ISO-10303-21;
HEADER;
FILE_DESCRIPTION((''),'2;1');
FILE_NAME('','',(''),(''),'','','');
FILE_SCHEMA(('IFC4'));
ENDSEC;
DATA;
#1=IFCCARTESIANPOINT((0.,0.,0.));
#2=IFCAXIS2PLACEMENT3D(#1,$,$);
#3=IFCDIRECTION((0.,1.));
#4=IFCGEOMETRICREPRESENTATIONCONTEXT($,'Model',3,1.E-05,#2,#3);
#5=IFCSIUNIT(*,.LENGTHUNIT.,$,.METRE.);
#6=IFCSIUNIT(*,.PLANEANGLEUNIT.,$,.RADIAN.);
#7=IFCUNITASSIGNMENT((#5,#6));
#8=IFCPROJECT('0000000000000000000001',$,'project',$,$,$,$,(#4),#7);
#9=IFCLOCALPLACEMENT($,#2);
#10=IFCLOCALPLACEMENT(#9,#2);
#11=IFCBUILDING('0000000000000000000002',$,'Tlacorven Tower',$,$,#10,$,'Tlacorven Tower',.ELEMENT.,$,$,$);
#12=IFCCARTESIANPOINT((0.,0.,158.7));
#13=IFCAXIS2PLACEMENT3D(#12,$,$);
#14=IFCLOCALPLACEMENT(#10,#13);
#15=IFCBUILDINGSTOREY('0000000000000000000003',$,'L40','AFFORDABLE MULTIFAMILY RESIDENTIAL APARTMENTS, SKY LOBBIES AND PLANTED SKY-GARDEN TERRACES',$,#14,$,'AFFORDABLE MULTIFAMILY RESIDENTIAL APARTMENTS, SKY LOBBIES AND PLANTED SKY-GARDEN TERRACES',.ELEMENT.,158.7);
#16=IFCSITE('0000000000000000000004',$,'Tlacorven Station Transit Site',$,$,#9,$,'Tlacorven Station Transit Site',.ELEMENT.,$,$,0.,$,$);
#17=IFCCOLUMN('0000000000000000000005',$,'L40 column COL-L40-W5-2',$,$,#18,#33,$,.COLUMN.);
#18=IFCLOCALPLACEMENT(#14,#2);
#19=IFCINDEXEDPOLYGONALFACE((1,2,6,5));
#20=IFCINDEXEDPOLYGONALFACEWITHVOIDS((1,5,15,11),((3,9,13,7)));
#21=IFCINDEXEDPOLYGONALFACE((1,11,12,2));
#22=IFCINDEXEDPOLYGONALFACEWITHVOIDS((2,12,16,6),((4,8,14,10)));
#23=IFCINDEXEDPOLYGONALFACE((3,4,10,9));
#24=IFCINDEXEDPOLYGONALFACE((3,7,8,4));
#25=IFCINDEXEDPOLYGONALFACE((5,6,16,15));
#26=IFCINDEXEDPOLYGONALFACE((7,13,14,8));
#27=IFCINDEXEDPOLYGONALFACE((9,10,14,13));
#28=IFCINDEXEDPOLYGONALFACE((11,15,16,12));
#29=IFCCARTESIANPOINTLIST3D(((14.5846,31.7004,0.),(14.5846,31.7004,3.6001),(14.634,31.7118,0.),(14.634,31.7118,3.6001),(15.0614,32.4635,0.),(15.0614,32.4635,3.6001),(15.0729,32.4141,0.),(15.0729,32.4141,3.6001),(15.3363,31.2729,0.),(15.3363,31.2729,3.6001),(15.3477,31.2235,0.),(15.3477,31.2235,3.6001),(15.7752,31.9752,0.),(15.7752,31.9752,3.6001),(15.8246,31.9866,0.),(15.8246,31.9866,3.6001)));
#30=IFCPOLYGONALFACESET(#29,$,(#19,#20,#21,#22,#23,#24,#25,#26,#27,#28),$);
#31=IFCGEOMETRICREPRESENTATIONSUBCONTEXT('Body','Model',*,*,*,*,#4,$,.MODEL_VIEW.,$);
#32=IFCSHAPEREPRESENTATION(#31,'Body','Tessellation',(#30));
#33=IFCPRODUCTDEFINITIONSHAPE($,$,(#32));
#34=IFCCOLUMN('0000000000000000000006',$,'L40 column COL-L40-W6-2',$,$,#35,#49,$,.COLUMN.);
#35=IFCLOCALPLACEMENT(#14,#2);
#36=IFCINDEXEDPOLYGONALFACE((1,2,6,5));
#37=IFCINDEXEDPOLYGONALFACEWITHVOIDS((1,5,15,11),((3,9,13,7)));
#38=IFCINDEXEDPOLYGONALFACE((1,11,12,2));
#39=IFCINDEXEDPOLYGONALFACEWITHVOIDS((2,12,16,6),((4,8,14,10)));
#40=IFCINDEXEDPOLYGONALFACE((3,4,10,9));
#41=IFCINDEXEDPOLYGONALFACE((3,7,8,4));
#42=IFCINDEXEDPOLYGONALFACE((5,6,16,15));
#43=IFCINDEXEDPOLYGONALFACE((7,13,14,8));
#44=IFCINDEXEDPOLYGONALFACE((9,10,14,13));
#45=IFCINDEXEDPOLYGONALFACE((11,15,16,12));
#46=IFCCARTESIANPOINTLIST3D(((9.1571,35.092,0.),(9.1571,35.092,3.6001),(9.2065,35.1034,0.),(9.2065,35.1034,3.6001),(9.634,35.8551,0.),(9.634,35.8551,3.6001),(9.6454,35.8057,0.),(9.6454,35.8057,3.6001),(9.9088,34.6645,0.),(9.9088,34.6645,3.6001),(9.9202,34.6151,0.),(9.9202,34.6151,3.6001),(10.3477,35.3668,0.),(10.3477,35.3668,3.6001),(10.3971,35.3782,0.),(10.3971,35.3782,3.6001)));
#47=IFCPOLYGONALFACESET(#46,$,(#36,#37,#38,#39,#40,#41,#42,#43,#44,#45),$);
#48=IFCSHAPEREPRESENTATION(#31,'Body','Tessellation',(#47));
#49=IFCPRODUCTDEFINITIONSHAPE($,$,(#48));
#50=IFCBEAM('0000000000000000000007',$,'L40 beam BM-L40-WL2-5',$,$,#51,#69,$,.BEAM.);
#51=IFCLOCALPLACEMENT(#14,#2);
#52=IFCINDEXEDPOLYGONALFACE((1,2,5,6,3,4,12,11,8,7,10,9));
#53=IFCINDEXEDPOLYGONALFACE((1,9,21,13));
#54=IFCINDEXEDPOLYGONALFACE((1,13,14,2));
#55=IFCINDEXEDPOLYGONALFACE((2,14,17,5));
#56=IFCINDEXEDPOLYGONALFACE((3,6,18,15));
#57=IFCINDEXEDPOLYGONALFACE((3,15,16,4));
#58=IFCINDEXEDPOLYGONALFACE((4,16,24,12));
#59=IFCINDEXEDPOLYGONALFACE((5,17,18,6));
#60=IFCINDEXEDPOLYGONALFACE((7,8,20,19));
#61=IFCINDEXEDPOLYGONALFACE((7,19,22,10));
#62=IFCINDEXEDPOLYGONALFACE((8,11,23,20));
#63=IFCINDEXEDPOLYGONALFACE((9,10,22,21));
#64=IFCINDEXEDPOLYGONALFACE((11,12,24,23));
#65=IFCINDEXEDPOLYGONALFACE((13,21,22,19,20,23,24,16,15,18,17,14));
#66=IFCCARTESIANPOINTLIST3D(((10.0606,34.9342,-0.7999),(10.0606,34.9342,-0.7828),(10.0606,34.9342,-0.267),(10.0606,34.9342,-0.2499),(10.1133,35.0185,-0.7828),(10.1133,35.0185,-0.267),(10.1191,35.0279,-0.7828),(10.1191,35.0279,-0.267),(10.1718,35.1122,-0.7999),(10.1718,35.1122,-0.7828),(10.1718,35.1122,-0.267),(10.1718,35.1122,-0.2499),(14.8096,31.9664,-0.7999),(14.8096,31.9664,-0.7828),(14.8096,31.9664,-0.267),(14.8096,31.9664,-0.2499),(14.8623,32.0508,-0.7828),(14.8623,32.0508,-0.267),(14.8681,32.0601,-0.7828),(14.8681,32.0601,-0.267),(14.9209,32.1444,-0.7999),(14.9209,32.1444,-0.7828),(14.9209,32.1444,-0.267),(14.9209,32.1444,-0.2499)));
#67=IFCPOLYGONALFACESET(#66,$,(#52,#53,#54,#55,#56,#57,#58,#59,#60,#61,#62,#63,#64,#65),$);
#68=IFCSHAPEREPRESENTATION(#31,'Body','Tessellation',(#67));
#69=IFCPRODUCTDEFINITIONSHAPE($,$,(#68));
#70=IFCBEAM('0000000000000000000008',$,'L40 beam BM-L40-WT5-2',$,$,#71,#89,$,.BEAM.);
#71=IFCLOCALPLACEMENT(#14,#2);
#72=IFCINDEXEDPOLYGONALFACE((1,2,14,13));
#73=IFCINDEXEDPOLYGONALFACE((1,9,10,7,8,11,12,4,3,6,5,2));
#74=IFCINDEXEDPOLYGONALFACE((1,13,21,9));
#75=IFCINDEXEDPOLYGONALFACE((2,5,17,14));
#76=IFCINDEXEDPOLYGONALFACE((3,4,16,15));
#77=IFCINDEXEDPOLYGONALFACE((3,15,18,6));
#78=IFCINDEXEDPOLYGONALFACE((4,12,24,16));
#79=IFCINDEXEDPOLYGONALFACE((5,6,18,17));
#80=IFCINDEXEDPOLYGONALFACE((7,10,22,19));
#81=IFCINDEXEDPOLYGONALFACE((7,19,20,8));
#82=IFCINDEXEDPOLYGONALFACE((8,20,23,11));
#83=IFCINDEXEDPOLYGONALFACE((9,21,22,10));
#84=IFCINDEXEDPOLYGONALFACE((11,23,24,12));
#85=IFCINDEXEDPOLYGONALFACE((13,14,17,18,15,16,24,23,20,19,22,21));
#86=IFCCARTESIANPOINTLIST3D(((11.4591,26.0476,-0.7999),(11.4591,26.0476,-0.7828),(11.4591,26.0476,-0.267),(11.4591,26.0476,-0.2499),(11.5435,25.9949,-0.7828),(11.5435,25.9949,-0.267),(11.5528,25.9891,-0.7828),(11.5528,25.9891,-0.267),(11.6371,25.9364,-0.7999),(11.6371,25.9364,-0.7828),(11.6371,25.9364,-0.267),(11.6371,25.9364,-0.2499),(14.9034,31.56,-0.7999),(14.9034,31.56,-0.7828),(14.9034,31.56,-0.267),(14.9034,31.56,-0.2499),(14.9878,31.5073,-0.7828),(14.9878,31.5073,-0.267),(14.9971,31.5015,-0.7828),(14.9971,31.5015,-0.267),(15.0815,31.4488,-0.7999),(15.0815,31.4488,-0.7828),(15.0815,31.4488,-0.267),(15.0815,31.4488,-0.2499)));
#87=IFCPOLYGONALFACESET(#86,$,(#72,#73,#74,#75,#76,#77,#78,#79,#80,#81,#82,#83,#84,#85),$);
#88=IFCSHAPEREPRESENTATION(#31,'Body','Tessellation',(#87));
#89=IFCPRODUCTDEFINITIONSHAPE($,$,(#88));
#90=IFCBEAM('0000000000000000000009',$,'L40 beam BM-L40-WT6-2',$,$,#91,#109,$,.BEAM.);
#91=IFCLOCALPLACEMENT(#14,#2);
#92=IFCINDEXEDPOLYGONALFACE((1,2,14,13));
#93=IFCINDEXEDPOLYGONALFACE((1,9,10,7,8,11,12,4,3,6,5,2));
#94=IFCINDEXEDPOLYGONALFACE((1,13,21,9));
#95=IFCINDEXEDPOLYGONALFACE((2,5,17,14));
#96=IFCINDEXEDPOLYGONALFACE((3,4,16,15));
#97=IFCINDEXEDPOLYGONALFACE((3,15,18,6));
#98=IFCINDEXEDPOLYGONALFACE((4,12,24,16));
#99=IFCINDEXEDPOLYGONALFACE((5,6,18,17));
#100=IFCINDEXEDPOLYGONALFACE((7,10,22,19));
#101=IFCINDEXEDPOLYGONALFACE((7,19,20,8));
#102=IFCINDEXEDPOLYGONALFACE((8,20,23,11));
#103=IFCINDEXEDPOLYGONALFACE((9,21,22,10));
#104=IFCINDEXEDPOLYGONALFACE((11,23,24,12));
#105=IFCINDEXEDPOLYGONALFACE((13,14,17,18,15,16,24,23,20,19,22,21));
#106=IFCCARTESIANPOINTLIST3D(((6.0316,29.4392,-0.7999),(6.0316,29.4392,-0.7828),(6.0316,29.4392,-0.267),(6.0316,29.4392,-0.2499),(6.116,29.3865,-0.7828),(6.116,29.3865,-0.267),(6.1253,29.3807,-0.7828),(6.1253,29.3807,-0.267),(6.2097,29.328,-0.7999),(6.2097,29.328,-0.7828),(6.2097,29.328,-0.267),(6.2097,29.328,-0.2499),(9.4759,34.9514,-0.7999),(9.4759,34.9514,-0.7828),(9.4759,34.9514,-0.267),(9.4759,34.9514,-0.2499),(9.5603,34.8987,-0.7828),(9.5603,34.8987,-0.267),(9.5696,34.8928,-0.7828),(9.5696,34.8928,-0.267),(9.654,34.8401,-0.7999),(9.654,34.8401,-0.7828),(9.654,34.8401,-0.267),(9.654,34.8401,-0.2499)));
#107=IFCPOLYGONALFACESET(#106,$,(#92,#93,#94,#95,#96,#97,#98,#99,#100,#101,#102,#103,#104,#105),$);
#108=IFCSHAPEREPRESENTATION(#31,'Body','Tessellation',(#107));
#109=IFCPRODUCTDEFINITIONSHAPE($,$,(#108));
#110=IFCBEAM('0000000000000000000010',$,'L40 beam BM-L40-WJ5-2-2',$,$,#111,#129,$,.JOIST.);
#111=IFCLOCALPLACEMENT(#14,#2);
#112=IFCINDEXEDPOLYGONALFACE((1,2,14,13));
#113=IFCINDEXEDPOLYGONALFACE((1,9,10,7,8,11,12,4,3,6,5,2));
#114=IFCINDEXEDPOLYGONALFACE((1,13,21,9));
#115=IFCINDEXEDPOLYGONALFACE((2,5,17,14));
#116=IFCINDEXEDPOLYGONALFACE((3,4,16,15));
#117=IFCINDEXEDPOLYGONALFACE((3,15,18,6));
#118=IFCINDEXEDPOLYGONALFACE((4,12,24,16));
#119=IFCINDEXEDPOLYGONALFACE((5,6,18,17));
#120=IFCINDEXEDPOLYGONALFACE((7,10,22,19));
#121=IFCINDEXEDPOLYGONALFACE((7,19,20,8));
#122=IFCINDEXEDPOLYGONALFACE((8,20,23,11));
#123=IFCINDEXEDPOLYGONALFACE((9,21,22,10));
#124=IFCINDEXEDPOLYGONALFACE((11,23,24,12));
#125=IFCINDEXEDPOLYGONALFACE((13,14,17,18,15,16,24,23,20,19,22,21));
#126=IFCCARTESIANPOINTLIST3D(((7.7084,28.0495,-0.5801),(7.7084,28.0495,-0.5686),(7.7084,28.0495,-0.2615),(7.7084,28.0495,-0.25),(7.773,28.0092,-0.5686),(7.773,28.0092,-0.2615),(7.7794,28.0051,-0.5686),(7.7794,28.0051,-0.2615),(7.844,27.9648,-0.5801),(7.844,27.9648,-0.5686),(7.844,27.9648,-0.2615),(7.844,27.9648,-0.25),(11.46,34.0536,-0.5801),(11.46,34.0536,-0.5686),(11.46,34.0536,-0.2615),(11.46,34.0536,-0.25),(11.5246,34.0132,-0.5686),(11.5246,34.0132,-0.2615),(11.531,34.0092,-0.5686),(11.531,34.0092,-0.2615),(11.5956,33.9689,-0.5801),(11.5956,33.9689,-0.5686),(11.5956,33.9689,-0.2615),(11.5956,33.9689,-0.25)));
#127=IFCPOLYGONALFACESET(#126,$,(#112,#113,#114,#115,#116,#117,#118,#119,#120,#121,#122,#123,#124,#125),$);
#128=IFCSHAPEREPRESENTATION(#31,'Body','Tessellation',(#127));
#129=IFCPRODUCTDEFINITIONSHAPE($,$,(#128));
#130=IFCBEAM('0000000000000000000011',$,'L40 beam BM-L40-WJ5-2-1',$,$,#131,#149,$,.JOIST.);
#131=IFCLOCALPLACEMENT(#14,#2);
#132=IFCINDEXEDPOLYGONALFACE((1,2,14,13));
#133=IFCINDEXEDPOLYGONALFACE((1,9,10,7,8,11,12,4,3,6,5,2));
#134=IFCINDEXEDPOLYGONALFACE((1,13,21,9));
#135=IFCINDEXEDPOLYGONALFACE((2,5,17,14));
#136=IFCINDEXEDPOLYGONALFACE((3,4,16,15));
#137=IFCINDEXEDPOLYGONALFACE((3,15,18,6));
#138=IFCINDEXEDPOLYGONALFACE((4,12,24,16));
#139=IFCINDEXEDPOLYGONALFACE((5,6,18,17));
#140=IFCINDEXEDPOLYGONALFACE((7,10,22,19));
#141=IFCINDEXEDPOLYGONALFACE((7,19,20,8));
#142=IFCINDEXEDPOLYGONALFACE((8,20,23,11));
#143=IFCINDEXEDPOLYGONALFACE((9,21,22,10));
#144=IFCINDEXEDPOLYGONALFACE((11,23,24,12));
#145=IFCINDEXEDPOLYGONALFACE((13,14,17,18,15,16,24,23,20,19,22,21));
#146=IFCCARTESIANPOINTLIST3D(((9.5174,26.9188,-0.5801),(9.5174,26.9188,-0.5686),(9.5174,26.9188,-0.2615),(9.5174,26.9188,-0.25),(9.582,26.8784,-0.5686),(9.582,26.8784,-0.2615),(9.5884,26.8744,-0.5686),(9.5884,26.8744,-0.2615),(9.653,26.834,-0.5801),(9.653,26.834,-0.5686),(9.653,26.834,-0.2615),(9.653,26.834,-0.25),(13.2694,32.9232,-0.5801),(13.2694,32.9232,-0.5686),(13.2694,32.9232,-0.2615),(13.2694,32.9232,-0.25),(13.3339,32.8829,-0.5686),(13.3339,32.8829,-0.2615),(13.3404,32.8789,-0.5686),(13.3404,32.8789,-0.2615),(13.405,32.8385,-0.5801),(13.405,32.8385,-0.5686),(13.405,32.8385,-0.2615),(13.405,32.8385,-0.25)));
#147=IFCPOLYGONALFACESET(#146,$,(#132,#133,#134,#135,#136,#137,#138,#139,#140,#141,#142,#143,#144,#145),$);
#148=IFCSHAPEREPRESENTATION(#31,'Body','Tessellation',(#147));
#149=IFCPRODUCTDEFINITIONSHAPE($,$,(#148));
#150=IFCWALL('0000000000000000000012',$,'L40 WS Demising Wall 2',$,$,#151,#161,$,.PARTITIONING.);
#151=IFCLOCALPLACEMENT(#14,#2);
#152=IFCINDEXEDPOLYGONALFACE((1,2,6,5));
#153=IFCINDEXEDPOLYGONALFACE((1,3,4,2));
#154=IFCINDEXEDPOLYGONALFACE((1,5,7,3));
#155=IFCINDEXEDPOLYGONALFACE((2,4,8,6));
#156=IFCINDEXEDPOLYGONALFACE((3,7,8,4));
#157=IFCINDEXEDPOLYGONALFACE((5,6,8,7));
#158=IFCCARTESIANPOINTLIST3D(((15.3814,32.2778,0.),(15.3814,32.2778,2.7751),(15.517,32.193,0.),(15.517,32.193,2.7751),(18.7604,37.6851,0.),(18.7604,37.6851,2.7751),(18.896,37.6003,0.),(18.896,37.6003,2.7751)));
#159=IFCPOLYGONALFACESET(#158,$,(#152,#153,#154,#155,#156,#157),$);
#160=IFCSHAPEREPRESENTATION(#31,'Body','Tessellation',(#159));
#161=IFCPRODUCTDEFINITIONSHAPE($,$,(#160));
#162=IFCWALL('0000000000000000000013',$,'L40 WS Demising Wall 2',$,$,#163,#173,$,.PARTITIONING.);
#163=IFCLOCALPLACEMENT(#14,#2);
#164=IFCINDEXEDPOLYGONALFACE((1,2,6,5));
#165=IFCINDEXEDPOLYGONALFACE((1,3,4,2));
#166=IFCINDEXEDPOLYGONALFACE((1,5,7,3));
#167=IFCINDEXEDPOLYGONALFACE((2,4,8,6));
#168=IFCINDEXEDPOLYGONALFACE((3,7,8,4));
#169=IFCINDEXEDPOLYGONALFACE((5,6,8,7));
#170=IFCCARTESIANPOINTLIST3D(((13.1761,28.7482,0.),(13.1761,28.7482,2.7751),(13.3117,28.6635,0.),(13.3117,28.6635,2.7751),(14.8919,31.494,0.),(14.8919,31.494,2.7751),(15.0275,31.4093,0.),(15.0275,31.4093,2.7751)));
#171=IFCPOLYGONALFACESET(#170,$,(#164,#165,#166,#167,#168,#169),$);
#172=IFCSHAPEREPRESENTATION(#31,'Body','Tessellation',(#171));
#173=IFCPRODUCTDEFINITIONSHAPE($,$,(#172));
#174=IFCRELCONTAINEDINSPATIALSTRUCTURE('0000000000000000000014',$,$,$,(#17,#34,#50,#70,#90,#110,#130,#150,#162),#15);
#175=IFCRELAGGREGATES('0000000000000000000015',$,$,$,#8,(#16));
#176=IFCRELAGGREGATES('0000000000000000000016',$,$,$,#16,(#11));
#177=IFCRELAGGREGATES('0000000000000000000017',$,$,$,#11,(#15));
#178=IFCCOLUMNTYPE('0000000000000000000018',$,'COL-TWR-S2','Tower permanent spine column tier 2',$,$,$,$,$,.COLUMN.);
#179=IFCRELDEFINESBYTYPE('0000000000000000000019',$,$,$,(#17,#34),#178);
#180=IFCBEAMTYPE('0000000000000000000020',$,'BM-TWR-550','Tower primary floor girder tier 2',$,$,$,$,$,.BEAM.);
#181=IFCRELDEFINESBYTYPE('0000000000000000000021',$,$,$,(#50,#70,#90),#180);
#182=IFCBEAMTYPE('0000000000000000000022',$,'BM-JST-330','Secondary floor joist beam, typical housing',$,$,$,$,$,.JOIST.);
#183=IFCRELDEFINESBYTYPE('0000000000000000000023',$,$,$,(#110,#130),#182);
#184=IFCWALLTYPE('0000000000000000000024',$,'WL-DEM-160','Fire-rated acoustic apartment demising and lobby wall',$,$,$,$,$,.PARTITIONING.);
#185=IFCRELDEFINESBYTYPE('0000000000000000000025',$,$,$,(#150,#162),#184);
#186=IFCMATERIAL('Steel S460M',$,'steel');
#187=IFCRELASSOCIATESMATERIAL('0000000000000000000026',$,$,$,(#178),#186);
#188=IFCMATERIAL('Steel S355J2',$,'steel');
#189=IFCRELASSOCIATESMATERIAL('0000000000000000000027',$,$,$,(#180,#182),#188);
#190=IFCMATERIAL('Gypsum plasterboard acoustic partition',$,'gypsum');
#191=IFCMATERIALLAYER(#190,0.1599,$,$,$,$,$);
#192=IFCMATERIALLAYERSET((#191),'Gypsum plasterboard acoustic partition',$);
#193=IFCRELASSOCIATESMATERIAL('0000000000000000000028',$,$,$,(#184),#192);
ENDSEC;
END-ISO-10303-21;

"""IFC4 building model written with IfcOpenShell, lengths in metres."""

from ifc_helpers import new_model, si_unit, direction, frame, frame_2d, origin, origin_2d, place, context, subcontext, project, spatial, rectangle, hollow_rectangle, i_section, extrude, source, transform, mapped, material, layer, layer_set, material_profile, profile_set, type_object, element, save


model = new_model("IFC4")

# Units and contexts
model_context = context("Model", 3, precision=1e-05, world=origin(), true_north=direction((0.0, 1.0)))
body_context = subcontext(model_context, "Body", "Model", "MODEL_VIEW")
ifc_project = project(units=[si_unit("LENGTHUNIT", "METRE"), si_unit("PLANEANGLEUNIT", "RADIAN")], contexts=[model_context])

# Site, building, storey
site_placement = place(None, origin())
site = spatial("IfcSite", under=ifc_project, at=site_placement, Name="Tlacorven Station Transit Site", LongName="Tlacorven Station Transit Site", CompositionType="ELEMENT", RefElevation=0.0)
building_placement = place(site_placement, origin())
building = spatial("IfcBuilding", under=site, at=building_placement, Name="Tlacorven Tower", LongName="Tlacorven Tower", CompositionType="ELEMENT")
storey_placement = place(building_placement, frame((0.0, 0.0, 158.7)))
storey = spatial("IfcBuildingStorey", under=building, at=storey_placement, Name="L40", Description="AFFORDABLE MULTIFAMILY RESIDENTIAL APARTMENTS, SKY LOBBIES AND PLANTED SKY-GARDEN TERRACES", LongName="AFFORDABLE MULTIFAMILY RESIDENTIAL APARTMENTS, SKY LOBBIES AND PLANTED SKY-GARDEN TERRACES", CompositionType="ELEMENT", Elevation=158.7)

# Columns
ifc_material_1 = material(Name="Steel S460M", Category="steel")
ifc_material_profile_1 = material_profile(ifc_material_1, hollow_rectangle(XDim=0.8999, YDim=0.8999, WallThickness=0.0359, at=origin_2d()), Name="BOX 900X900X36")
ifc_profile_set_1 = profile_set([ifc_material_profile_1], Name="Steel S460M")
column_type = type_object("IfcColumnType", Name="COL-TWR-S2", Description="Tower permanent spine column tier 2", PredefinedType="COLUMN", material=ifc_profile_set_1)
shared_shape_1 = source(origin(), body_context, "Body", "SweptSolid", [
    extrude(hollow_rectangle(XDim=0.8999, YDim=0.8999, WallThickness=0.0359, at=origin_2d()), origin(), (0.0, 0.0, 1.0), 3.6001),
])
for number, where, z_axis, x_axis, name in (
    (1, (15.2046, 31.8435, 0.0), (0.0, 0.0, 1.0), (-0.848048, 0.529919, 0.0), "L40 column COL-L40-W5-2"),
    (2, (9.7771, 35.2351, 0.0), (0.0, 0.0, 1.0), (-0.848048, 0.529919, 0.0), "L40 column COL-L40-W6-2"),
):
    element("IfcColumn", number, at=place(storey_placement, frame(where, z_axis=z_axis, x_axis=x_axis)), inside=storey, type_object=column_type, Name=name, PredefinedType="COLUMN", context=body_context, shape_type="MappedRepresentation", body=[
        mapped(shared_shape_1, transform((0.0, 0.0, 0.0), scale=1.0)),
    ])

# Beams
ifc_material_2 = material(Name="Steel S355J2", Category="steel")
ifc_material_profile_2 = material_profile(ifc_material_2, i_section(OverallWidth=0.21, OverallDepth=0.55, WebThickness=0.011, FlangeThickness=0.0171, at=origin_2d()), Name="IPE 550")
ifc_profile_set_2 = profile_set([ifc_material_profile_2], Name="Steel S355J2")
beam_type_1 = type_object("IfcBeamType", Name="BM-TWR-550", Description="Tower primary floor girder tier 2", PredefinedType="BEAM", material=ifc_profile_set_2)
shared_shape_2 = source(origin(), body_context, "Body", "SweptSolid", [
    extrude(i_section(OverallWidth=0.21, OverallDepth=0.55, WebThickness=0.011, FlangeThickness=0.0171, at=origin_2d()), origin(), (0.0, 0.0, 1.0), 5.6001),
])
beam_1_placement = place(storey_placement, frame((14.8652, 32.0554, -0.5249), z_axis=(-0.848028, 0.529952, 0.0), x_axis=(-0.529952, -0.848028, 0.0)))
element("IfcBeam", 3, at=beam_1_placement, inside=storey, type_object=beam_type_1, Name="L40 beam BM-L40-WL2-5", PredefinedType="BEAM", context=body_context, shape_type="MappedRepresentation", body=[
    mapped(shared_shape_2, transform((0.0, 0.0, 0.0), scale=1.0)),
])
shared_shape_3 = source(origin(), body_context, "Body", "SweptSolid", [
    extrude(i_section(OverallWidth=0.21, OverallDepth=0.55, WebThickness=0.011, FlangeThickness=0.0171, at=origin_2d()), origin(), (0.0, 0.0, 1.0), 6.5),
])
beam_2_placement = place(storey_placement, frame((14.9924, 31.5044, -0.5249), z_axis=(-0.529894, -0.848064, 0.0), x_axis=(0.848064, -0.529894, 0.0)))
element("IfcBeam", 4, at=beam_2_placement, inside=storey, type_object=beam_type_1, Name="L40 beam BM-L40-WT5-2", PredefinedType="BEAM", context=body_context, shape_type="MappedRepresentation", body=[
    mapped(shared_shape_3, transform((0.0, 0.0, 0.0), scale=1.0)),
])
shared_shape_4 = source(origin(), body_context, "Body", "SweptSolid", [
    extrude(i_section(OverallWidth=0.21, OverallDepth=0.55, WebThickness=0.011, FlangeThickness=0.0171, at=origin_2d()), origin(), (0.0, 0.0, 1.0), 6.4998),
])
beam_3_placement = place(storey_placement, frame((9.5649, 34.8958, -0.5249), z_axis=(-0.529911, -0.848053, 0.0), x_axis=(0.848053, -0.529911, 0.0)))
element("IfcBeam", 5, at=beam_3_placement, inside=storey, type_object=beam_type_1, Name="L40 beam BM-L40-WT6-2", PredefinedType="BEAM", context=body_context, shape_type="MappedRepresentation", body=[
    mapped(shared_shape_4, transform((0.0, 0.0, 0.0), scale=1.0)),
])
ifc_material_profile_3 = material_profile(ifc_material_2, i_section(OverallWidth=0.1599, OverallDepth=0.3301, WebThickness=0.0076, FlangeThickness=0.0115, at=origin_2d()), Name="IPE 330")
ifc_profile_set_3 = profile_set([ifc_material_profile_3], Name="Steel S355J2")
beam_type_2 = type_object("IfcBeamType", Name="BM-JST-330", Description="Secondary floor joist beam, typical housing", PredefinedType="JOIST", material=ifc_profile_set_3)
shared_shape_5 = source(origin(), body_context, "Body", "SweptSolid", [
    extrude(i_section(OverallWidth=0.1599, OverallDepth=0.3301, WebThickness=0.0076, FlangeThickness=0.0115, at=origin_2d()), origin(), (0.0, 0.0, 1.0), 7.0798),
])
beam_4_placement = place(storey_placement, frame((11.5278, 34.0112, -0.415), z_axis=(-0.529909, -0.848054, 0.0), x_axis=(0.848054, -0.529909, 0.0)))
element("IfcBeam", 6, at=beam_4_placement, inside=storey, type_object=beam_type_2, Name="L40 beam BM-L40-WJ5-2-2", PredefinedType="JOIST", context=body_context, shape_type="MappedRepresentation", body=[
    mapped(shared_shape_5, transform((0.0, 0.0, 0.0), scale=1.0)),
])
shared_shape_6 = source(origin(), body_context, "Body", "SweptSolid", [
    extrude(i_section(OverallWidth=0.1599, OverallDepth=0.3301, WebThickness=0.0076, FlangeThickness=0.0115, at=origin_2d()), origin(), (0.0, 0.0, 1.0), 7.0803),
])
beam_5_placement = place(storey_placement, frame((13.3372, 32.8809, -0.415), z_axis=(-0.529918, -0.848049, 0.0), x_axis=(0.848049, -0.529918, 0.0)))
element("IfcBeam", 7, at=beam_5_placement, inside=storey, type_object=beam_type_2, Name="L40 beam BM-L40-WJ5-2-1", PredefinedType="JOIST", context=body_context, shape_type="MappedRepresentation", body=[
    mapped(shared_shape_6, transform((0.0, 0.0, 0.0), scale=1.0)),
])

# Walls
ifc_material_3 = material(Name="Gypsum plasterboard acoustic partition", Category="gypsum")
ifc_layer_1 = layer(ifc_material_3, 0.1599)
ifc_layer_set_1 = layer_set([ifc_layer_1], Name="Gypsum plasterboard acoustic partition")
wall_type_1 = type_object("IfcWallType", Name="WL-DEM-160", Description="Fire-rated acoustic apartment demising and lobby wall", PredefinedType="PARTITIONING", material=ifc_layer_set_1)
wall_1_placement = place(storey_placement, frame((18.8281, 37.6426, 0.0), z_axis=(0.0, 0.0, 1.0), x_axis=(-0.52993, -0.848041, 0.0)))
element("IfcWall", 8, at=wall_1_placement, inside=storey, type_object=wall_type_1, Name="L40 WS Demising Wall 2", PredefinedType="PARTITIONING", context=body_context, shape_type="SweptSolid", body=[
    extrude(rectangle(XDim=6.3762, YDim=0.1599, at=frame_2d((3.188, 0.0))), origin(), (0.0, 0.0, 1.0), 2.7751),
])
wall_2_placement = place(storey_placement, frame((14.9597, 31.4517, 0.0), z_axis=(0.0, 0.0, 1.0), x_axis=(-0.529924, -0.848045, 0.0)))
element("IfcWall", 9, at=wall_2_placement, inside=storey, type_object=wall_type_1, Name="L40 WS Demising Wall 2", PredefinedType="PARTITIONING", context=body_context, shape_type="SweptSolid", body=[
    extrude(rectangle(XDim=3.2378, YDim=0.1599, at=frame_2d((1.6189, 0.0))), origin(), (0.0, 0.0, 1.0), 2.7751),
])

save(model, "model.ifc")
